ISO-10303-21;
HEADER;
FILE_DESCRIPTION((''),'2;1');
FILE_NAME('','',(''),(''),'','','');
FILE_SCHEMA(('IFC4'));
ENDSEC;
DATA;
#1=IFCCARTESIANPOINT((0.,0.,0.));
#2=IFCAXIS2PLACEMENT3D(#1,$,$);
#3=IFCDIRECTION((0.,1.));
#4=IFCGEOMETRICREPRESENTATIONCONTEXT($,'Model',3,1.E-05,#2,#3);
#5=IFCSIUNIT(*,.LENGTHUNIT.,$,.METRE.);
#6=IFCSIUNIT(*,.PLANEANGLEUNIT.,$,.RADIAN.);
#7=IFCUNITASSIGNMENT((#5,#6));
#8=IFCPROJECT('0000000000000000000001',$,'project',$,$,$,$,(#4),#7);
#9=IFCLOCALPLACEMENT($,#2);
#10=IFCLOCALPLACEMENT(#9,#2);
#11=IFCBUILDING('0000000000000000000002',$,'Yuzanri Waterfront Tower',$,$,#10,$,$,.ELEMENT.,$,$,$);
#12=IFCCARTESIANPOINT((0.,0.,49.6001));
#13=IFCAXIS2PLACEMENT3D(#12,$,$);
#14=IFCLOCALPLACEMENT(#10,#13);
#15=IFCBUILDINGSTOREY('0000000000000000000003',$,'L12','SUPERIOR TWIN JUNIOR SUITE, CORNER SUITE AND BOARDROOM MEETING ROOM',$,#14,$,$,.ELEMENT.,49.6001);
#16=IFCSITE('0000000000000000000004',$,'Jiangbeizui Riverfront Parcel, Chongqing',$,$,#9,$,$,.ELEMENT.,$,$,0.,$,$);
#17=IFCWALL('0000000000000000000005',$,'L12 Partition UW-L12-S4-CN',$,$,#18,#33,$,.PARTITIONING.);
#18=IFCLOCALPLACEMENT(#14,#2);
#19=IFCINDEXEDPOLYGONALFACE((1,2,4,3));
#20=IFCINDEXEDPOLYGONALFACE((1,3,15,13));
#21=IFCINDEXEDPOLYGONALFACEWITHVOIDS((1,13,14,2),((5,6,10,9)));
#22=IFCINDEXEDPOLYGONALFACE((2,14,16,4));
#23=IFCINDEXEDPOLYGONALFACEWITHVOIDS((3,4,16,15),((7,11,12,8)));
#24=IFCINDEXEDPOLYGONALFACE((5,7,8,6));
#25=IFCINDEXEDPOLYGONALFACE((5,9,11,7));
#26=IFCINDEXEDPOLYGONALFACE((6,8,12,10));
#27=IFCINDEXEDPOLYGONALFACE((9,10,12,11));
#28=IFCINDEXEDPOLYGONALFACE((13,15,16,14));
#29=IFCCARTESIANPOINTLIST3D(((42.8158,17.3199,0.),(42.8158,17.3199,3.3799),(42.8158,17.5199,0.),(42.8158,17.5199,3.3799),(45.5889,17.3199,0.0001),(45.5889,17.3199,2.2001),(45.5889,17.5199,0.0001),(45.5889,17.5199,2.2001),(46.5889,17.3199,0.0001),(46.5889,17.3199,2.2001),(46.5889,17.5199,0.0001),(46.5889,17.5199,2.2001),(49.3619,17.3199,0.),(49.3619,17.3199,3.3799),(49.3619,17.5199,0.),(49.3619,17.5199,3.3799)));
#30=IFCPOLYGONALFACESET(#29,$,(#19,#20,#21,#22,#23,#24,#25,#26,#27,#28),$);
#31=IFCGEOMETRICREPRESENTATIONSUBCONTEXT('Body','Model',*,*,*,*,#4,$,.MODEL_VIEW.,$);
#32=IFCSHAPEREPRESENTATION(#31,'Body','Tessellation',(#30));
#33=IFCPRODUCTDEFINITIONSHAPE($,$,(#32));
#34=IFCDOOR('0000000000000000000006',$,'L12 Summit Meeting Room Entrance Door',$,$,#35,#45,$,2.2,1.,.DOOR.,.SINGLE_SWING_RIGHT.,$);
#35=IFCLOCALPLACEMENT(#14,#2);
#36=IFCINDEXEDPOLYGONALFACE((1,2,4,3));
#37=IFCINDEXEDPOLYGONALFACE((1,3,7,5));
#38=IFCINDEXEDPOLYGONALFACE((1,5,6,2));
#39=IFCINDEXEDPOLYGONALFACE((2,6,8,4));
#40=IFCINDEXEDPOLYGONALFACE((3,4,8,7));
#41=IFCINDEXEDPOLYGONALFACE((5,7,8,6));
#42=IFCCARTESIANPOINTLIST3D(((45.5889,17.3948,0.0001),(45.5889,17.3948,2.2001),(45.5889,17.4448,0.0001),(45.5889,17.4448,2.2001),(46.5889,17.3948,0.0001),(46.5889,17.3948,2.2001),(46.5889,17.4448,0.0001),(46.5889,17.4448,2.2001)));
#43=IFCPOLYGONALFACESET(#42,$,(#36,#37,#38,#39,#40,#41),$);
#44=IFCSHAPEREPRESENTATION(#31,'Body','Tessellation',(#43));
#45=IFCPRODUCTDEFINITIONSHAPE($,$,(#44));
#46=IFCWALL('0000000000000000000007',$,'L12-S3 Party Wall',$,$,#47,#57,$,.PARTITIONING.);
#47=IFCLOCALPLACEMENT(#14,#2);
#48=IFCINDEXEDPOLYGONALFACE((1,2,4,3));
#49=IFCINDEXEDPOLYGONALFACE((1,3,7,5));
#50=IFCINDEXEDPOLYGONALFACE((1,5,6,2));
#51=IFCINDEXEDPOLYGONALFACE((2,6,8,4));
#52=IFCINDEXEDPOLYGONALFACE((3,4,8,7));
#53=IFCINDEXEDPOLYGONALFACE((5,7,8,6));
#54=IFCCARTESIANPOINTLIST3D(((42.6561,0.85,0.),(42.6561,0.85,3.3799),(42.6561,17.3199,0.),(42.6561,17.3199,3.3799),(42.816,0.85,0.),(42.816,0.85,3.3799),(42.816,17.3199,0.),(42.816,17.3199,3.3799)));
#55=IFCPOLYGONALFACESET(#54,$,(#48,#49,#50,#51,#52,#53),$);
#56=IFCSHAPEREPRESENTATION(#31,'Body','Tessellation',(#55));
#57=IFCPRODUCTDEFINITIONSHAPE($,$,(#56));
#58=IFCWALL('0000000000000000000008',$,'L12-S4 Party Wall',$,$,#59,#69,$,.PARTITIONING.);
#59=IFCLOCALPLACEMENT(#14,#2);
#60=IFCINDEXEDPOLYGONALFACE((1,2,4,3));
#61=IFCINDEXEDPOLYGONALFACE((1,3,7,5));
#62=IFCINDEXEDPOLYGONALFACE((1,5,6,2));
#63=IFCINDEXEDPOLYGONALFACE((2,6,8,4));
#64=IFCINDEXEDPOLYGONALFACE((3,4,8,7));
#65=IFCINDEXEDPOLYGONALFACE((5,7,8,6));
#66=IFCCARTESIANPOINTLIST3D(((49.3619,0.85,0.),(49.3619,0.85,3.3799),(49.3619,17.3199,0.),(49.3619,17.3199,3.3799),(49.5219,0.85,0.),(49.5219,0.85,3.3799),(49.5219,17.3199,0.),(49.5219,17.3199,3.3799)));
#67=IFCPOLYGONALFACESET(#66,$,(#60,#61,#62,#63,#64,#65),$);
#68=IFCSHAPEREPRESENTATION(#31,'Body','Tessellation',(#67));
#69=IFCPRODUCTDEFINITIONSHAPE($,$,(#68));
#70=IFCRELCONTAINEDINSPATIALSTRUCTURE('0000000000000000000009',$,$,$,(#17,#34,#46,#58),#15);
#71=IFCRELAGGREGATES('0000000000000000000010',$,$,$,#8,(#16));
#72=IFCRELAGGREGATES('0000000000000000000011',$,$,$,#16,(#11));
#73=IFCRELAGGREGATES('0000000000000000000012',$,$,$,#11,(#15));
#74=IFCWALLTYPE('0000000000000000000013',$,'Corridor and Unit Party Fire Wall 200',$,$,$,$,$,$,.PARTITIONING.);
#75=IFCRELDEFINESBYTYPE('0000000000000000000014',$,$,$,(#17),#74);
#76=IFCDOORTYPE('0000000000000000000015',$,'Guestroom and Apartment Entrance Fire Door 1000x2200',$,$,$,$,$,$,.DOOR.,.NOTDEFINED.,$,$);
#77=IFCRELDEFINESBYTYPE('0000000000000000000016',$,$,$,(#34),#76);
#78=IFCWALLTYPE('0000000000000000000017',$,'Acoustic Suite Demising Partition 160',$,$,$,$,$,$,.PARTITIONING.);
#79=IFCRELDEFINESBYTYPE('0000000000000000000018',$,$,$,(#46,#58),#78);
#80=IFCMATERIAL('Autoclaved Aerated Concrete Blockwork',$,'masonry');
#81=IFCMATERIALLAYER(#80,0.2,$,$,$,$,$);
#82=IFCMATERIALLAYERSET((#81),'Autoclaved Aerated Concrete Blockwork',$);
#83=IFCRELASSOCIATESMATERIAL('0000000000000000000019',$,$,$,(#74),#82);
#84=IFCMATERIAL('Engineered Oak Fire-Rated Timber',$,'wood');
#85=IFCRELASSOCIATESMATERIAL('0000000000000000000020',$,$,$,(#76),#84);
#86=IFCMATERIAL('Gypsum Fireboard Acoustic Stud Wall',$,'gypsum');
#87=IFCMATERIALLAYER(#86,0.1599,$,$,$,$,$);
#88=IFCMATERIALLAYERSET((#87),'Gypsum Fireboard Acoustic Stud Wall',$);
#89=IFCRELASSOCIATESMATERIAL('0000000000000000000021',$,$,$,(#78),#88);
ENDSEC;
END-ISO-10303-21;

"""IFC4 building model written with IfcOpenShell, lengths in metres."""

from ifc_helpers import new_model, si_unit, direction, frame, frame_2d, origin, place, context, subcontext, project, spatial, rectangle, extrude, source, transform, mapped, material, layer, layer_set, type_object, element, fill, save


model = new_model("IFC4")

# Units and contexts
model_context = context("Model", 3, precision=1e-05, world=origin(), true_north=direction((0.0, 1.0)))
body_context = subcontext(model_context, "Body", "Model", "MODEL_VIEW")
ifc_project = project(units=[si_unit("LENGTHUNIT", "METRE"), si_unit("PLANEANGLEUNIT", "RADIAN")], contexts=[model_context])

# Site, building, storey
site_placement = place(None, origin())
site = spatial("IfcSite", under=ifc_project, at=site_placement, Name="Jiangbeizui Riverfront Parcel, Chongqing", CompositionType="ELEMENT", RefElevation=0.0)
building_placement = place(site_placement, origin())
building = spatial("IfcBuilding", under=site, at=building_placement, Name="Yuzanri Waterfront Tower", CompositionType="ELEMENT")
storey_placement = place(building_placement, frame((0.0, 0.0, 49.6001)))
storey = spatial("IfcBuildingStorey", under=building, at=storey_placement, Name="L12", Description="SUPERIOR TWIN JUNIOR SUITE, CORNER SUITE AND BOARDROOM MEETING ROOM", CompositionType="ELEMENT", Elevation=49.6001)

# Wall, opening, door
ifc_material_1 = material(Name="Autoclaved Aerated Concrete Blockwork", Category="masonry")
ifc_layer_1 = layer(ifc_material_1, 0.2)
ifc_layer_set_1 = layer_set([ifc_layer_1], Name="Autoclaved Aerated Concrete Blockwork")
wall_type_1 = type_object("IfcWallType", Name="Corridor and Unit Party Fire Wall 200", PredefinedType="PARTITIONING", material=ifc_layer_set_1)
wall_placement = place(storey_placement, frame((42.8159, 17.4199, 0.0), z_axis=(0.0, 0.0, 1.0), x_axis=(1.0, 0.0, 0.0)))
wall = element("IfcWall", 1, at=wall_placement, inside=storey, type_object=wall_type_1, Name="L12 Partition UW-L12-S4-CN", PredefinedType="PARTITIONING", context=body_context, shape_type="SweptSolid", body=[
    extrude(rectangle(XDim=6.5461, YDim=0.2, at=frame_2d((3.2729, 0.0))), origin(), (0.0, 0.0, 1.0), 3.3799),
])
opening_placement = place(wall_placement, frame((2.7729, 0.0, 0.0)))
opening = element("IfcOpeningElement", 2, at=opening_placement, cuts=wall, PredefinedType="OPENING", context=body_context, shape_type="SweptSolid", body=[
    extrude(rectangle(XDim=1.0, YDim=2.2, at=frame_2d((0.5, 1.1001))), frame((0.0, 0.1147, 0.0), z_axis=(0.0, -1.0, 0.0), x_axis=(1.0, 0.0, 0.0)), (0.0, 0.0, 1.0), 0.2297),
])
ifc_material_2 = material(Name="Engineered Oak Fire-Rated Timber", Category="wood")
door_type = type_object("IfcDoorType", Name="Guestroom and Apartment Entrance Fire Door 1000x2200", OperationType="NOTDEFINED", PredefinedType="DOOR", material=ifc_material_2)
shared_shape_1 = source(origin(), body_context, "Body", "SweptSolid", [
    extrude(rectangle(XDim=1.0, YDim=2.2, at=frame_2d((0.5, 1.1001))), frame((0.0, 0.0249, 0.0), z_axis=(0.0, -1.0, 0.0), x_axis=(1.0, 0.0, 0.0)), (0.0, 0.0, 1.0), 0.05),
])
door_placement = place(opening_placement, origin())
door = element("IfcDoor", 3, at=door_placement, inside=storey, type_object=door_type, Name="L12 Summit Meeting Room Entrance Door", OperationType="SINGLE_SWING_RIGHT", OverallHeight=2.2, OverallWidth=1.0, PredefinedType="DOOR", context=body_context, shape_type="MappedRepresentation", body=[
    mapped(shared_shape_1, transform((0.0, 0.0, 0.0), scale=1.0)),
])
fill(opening, door)

# Walls
ifc_material_3 = material(Name="Gypsum Fireboard Acoustic Stud Wall", Category="gypsum")
ifc_layer_2 = layer(ifc_material_3, 0.1599)
ifc_layer_set_2 = layer_set([ifc_layer_2], Name="Gypsum Fireboard Acoustic Stud Wall")
wall_type_2 = type_object("IfcWallType", Name="Acoustic Suite Demising Partition 160", PredefinedType="PARTITIONING", material=ifc_layer_set_2)
shared_shape_2 = source(origin(), body_context, "Body", "SweptSolid", [
    extrude(rectangle(XDim=16.47, YDim=0.1599, at=frame_2d((8.2349, 0.0))), origin(), (0.0, 0.0, 1.0), 3.3799),
])
for number, where, z_axis, x_axis, name in (
    (4, (42.7361, 0.8501, 0.0), (0.0, 0.0, 1.0), (0.0, 1.0, 0.0), "L12-S3 Party Wall"),
    (5, (49.4419, 0.8501, 0.0), (0.0, 0.0, 1.0), (0.0, 1.0, 0.0), "L12-S4 Party Wall"),
):
    element("IfcWall", number, at=place(storey_placement, frame(where, z_axis=z_axis, x_axis=x_axis)), inside=storey, type_object=wall_type_2, Name=name, PredefinedType="PARTITIONING", context=body_context, shape_type="MappedRepresentation", body=[
        mapped(shared_shape_2, transform((0.0, 0.0, 0.0), scale=1.0)),
    ])

save(model, "model.ifc")
